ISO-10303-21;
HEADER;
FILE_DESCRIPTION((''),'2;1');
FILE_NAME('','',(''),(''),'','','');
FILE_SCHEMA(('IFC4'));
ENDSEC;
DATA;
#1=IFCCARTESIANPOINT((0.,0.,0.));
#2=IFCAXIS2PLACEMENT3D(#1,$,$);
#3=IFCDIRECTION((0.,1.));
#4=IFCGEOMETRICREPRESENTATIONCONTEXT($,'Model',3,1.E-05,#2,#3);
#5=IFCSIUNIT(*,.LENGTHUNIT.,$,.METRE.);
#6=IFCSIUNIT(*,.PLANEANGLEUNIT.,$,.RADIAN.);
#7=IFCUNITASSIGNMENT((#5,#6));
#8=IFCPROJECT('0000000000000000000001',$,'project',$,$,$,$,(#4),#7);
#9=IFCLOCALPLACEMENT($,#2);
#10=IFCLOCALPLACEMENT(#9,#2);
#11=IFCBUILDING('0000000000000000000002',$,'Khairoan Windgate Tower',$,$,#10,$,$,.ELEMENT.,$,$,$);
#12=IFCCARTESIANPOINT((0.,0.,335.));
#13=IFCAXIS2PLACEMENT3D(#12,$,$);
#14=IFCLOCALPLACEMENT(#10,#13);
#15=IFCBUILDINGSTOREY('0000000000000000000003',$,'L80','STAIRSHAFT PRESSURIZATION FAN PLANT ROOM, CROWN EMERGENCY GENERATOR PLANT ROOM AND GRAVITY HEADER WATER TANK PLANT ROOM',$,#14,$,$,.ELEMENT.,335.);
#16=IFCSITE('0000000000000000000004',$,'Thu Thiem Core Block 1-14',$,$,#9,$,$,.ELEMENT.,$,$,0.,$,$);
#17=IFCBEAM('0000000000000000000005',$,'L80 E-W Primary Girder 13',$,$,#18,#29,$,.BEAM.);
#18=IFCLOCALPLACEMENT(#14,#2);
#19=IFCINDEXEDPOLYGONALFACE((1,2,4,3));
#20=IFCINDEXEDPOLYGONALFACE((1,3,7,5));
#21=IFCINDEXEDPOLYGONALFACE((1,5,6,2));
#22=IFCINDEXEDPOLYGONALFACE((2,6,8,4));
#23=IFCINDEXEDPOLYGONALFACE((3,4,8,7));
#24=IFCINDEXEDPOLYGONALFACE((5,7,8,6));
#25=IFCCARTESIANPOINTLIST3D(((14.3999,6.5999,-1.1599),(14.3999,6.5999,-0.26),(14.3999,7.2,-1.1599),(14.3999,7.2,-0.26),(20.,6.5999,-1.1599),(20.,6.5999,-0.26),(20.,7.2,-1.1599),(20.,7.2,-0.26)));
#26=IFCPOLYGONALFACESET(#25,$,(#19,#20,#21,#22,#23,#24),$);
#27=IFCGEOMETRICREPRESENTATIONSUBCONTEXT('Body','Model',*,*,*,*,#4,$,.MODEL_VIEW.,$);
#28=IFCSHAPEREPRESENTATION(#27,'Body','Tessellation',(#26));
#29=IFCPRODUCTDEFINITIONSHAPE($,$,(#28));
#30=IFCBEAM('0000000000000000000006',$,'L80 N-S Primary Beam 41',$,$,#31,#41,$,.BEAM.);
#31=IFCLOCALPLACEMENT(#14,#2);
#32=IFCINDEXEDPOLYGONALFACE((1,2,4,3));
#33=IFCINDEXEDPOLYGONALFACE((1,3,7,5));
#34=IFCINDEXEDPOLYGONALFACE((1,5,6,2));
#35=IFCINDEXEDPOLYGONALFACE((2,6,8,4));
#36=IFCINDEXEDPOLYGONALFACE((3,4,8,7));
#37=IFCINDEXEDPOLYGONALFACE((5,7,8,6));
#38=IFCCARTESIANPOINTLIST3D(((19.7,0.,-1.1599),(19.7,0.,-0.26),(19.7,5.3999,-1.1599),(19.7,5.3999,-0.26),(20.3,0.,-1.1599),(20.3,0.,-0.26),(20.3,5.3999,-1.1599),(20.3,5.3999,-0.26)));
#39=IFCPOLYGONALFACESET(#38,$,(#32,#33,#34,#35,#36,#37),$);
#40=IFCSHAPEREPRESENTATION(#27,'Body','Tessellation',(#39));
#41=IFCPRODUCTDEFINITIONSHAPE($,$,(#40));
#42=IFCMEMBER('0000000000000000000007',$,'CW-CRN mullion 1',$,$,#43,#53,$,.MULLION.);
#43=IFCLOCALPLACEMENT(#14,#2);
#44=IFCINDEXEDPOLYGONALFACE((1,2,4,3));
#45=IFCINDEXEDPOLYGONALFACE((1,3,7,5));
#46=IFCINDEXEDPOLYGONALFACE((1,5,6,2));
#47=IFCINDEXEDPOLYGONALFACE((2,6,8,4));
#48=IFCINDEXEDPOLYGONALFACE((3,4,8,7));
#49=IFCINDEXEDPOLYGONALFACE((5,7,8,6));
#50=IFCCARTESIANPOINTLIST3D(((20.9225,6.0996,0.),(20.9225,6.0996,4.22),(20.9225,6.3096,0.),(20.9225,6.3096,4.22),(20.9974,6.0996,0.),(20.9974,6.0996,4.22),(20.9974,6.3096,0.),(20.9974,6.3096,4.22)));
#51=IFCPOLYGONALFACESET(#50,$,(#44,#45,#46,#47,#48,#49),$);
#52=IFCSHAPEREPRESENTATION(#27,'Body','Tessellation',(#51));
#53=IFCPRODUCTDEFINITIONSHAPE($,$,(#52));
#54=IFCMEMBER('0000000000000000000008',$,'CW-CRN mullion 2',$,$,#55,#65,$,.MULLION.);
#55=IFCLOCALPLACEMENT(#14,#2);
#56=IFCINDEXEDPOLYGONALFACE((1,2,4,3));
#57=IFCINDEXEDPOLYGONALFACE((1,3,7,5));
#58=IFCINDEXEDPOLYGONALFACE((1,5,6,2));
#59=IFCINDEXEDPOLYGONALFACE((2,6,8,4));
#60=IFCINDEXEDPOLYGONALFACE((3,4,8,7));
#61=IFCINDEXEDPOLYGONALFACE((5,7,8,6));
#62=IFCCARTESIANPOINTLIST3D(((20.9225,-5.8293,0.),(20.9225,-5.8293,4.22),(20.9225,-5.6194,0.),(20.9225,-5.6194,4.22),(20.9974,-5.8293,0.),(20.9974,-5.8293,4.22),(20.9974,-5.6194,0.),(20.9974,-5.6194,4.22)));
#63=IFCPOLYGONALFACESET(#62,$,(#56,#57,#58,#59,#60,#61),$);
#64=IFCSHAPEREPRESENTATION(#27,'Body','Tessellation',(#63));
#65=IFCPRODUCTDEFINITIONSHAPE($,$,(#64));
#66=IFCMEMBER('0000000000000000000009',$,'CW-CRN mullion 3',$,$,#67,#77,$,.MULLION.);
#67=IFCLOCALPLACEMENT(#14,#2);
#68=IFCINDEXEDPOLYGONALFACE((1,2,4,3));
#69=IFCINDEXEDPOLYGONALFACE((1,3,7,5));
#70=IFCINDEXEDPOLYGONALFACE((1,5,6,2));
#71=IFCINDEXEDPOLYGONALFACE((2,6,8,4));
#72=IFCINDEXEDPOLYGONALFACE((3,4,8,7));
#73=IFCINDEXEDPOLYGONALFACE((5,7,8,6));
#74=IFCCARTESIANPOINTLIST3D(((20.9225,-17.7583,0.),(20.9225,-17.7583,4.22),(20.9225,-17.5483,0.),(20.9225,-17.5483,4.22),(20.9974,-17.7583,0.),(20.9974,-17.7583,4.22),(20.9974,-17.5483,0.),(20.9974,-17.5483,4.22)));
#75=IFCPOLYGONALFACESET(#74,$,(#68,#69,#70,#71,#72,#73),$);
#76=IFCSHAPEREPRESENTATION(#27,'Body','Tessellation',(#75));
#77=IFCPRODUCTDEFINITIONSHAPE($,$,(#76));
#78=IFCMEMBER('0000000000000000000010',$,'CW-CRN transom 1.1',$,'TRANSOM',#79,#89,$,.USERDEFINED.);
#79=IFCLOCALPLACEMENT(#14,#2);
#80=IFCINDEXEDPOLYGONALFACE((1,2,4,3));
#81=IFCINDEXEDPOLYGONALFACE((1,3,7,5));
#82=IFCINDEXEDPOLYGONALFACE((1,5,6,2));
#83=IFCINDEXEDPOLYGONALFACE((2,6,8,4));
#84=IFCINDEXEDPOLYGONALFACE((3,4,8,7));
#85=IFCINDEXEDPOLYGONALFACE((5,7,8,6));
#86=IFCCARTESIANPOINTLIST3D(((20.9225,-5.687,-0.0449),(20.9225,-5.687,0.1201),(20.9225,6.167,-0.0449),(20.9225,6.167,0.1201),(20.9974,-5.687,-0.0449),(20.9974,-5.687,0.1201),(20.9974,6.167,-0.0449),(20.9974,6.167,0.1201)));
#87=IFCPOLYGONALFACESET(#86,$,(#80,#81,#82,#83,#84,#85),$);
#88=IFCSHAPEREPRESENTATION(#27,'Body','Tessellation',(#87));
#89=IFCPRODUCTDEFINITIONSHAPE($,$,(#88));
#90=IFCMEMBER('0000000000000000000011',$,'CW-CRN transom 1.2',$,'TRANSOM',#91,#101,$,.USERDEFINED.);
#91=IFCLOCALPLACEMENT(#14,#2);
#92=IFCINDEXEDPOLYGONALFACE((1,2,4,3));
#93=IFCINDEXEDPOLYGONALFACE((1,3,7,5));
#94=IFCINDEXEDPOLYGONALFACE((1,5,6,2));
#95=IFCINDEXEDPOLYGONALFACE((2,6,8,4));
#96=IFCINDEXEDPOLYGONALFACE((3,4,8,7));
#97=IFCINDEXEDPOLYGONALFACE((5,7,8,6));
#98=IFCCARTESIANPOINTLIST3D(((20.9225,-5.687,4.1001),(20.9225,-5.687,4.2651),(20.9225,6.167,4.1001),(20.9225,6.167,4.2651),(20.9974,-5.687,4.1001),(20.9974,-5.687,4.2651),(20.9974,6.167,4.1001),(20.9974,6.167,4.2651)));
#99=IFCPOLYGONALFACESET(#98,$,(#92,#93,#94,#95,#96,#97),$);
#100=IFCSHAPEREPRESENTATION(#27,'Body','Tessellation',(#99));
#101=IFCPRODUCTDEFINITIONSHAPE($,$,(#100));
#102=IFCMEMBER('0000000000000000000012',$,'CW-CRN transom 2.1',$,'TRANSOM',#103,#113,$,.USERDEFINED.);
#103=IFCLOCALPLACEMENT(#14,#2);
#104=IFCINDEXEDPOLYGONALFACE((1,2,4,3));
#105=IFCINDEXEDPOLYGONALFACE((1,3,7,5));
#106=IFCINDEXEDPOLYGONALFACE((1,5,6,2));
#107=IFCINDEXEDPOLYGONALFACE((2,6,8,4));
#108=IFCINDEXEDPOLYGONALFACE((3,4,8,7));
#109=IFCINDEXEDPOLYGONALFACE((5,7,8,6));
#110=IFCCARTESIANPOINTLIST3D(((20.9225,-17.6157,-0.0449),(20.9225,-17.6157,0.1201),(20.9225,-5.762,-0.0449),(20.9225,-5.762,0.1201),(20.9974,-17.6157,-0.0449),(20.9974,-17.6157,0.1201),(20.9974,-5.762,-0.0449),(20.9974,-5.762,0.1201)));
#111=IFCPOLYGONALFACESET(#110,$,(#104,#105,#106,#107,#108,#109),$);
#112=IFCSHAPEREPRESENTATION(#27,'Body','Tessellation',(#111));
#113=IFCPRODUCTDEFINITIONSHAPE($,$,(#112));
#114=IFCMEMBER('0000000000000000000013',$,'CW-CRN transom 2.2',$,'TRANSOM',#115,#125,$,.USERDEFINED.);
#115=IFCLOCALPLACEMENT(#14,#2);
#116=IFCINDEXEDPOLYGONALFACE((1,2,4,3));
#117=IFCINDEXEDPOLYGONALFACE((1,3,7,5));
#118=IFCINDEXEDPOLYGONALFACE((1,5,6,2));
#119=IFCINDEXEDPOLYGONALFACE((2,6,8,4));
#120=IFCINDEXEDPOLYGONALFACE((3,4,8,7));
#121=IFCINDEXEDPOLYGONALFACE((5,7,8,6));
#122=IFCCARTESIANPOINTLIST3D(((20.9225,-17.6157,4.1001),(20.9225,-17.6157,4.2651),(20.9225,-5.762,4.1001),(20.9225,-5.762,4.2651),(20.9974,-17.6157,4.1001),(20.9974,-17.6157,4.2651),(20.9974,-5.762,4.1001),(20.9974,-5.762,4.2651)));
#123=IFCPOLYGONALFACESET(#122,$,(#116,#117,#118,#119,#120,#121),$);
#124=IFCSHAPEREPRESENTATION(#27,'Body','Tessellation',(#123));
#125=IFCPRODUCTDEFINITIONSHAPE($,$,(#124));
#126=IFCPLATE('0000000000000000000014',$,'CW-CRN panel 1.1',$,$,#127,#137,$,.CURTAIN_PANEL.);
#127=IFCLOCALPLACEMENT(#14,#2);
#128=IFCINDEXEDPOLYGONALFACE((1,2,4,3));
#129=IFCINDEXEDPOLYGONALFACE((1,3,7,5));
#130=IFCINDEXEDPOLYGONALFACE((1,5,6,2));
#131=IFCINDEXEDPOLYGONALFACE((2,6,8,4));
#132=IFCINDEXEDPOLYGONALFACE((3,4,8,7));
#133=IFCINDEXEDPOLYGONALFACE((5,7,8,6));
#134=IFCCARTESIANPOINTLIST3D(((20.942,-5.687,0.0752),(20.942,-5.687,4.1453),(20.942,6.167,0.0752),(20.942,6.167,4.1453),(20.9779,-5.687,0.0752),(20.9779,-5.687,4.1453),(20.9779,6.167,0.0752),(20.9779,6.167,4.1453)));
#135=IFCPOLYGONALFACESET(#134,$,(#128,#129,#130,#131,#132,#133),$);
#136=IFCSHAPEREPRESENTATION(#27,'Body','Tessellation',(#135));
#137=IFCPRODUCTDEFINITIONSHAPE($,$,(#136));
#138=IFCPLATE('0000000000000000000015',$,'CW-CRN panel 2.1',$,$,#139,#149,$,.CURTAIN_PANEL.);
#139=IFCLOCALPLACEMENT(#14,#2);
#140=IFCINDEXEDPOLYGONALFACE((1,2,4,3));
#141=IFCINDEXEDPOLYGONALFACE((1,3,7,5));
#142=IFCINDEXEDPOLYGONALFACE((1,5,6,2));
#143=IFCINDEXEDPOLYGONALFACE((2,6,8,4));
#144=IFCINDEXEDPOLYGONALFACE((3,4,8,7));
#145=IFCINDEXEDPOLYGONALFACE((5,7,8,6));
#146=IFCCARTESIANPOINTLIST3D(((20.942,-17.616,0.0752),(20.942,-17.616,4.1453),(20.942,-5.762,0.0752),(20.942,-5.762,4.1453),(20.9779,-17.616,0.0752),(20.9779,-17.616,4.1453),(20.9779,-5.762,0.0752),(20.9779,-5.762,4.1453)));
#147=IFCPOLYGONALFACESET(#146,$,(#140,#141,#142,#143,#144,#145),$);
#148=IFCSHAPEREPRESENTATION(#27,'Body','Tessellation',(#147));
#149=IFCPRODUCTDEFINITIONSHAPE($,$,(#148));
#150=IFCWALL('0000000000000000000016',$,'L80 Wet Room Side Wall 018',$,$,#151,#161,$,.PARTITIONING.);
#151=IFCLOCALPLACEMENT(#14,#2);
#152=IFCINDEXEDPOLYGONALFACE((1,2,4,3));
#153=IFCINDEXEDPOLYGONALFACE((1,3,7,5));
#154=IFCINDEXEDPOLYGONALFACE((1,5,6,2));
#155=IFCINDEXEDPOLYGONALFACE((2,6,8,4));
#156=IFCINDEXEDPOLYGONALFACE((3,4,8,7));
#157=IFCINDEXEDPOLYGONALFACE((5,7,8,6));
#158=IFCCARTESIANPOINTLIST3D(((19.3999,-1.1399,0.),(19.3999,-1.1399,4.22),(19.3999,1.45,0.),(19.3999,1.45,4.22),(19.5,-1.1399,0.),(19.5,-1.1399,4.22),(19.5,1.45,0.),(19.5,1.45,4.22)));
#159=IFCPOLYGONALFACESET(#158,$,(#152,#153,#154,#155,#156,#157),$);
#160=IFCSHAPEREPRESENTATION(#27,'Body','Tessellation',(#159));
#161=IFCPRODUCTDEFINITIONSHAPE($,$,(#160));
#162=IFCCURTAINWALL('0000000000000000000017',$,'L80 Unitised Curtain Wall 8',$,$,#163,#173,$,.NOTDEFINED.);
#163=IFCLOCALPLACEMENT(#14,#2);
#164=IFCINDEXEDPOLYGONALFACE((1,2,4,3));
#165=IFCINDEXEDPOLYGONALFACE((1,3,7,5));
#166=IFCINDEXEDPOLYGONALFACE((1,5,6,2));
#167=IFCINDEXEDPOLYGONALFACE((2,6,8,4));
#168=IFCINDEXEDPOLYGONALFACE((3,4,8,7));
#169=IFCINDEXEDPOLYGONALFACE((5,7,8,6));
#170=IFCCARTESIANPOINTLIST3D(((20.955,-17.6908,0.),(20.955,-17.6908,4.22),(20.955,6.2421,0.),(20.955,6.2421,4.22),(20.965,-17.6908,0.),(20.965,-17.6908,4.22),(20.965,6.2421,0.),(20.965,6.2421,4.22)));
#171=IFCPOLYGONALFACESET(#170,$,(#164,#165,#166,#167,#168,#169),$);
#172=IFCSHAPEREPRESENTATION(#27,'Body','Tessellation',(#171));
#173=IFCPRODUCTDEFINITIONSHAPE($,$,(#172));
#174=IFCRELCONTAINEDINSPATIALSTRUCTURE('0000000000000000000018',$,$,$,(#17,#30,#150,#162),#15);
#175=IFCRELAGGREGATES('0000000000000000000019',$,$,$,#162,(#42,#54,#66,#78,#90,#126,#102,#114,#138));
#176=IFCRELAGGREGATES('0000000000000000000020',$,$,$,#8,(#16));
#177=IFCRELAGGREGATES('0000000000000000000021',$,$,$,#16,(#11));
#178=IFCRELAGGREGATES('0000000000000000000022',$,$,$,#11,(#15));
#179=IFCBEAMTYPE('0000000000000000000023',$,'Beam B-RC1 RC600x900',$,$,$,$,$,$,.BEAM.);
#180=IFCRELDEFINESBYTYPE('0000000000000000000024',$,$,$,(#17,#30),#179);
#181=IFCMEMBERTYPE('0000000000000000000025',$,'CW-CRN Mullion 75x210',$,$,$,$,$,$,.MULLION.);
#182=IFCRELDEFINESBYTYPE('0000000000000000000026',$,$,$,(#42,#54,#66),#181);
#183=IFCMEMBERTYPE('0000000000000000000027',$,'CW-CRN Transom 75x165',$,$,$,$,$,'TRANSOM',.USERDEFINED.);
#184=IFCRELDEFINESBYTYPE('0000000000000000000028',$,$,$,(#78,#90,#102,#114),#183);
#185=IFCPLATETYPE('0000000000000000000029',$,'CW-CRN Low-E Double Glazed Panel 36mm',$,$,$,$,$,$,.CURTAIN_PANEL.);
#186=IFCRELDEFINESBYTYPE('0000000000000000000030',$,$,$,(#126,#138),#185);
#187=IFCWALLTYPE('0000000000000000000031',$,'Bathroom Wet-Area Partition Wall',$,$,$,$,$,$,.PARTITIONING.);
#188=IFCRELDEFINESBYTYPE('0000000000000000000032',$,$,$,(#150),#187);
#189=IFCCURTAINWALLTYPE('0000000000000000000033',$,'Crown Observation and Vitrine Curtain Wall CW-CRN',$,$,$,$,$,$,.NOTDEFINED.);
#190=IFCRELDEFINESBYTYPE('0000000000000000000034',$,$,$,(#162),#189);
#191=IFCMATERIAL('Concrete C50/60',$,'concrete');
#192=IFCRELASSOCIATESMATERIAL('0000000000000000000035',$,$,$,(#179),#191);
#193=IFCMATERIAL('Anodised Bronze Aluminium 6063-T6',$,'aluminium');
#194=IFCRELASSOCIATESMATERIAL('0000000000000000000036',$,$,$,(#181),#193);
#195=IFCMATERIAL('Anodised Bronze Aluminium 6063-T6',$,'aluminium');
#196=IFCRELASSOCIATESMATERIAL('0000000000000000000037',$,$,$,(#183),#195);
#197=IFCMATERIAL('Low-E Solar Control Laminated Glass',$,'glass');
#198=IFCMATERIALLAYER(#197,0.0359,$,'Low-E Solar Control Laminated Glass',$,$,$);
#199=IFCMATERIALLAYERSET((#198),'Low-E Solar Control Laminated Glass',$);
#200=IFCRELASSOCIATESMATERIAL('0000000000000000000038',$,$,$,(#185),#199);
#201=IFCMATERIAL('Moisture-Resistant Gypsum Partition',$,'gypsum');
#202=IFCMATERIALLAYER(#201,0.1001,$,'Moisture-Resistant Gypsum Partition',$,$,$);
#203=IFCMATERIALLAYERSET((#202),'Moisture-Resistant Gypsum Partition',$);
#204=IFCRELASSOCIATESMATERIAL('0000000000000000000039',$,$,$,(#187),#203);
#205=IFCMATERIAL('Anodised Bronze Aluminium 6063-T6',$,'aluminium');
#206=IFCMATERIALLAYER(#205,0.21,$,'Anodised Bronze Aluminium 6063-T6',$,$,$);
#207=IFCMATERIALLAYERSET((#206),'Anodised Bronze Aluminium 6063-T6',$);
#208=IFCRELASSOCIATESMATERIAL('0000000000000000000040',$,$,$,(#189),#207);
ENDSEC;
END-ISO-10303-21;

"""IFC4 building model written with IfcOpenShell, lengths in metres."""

from ifc_helpers import new_model, si_unit, direction, frame, frame_2d, origin, origin_2d, place, context, subcontext, project, spatial, rectangle, extrude, material, layer, layer_set, material_profile, profile_set, type_object, element, aggregate, save


model = new_model("IFC4")

# Units and contexts
model_context = context("Model", 3, precision=1e-05, world=origin(), true_north=direction((0.0, 1.0)))
body_context = subcontext(model_context, "Body", "Model", "MODEL_VIEW")
ifc_project = project(units=[si_unit("LENGTHUNIT", "METRE"), si_unit("PLANEANGLEUNIT", "RADIAN")], contexts=[model_context])

# Site, building, storey
site_placement = place(None, origin())
site = spatial("IfcSite", under=ifc_project, at=site_placement, Name="Thu Thiem Core Block 1-14", CompositionType="ELEMENT", RefElevation=0.0)
building_placement = place(site_placement, origin())
building = spatial("IfcBuilding", under=site, at=building_placement, Name="Khairoan Windgate Tower", CompositionType="ELEMENT")
storey_placement = place(building_placement, frame((0.0, 0.0, 335.0)))
storey = spatial("IfcBuildingStorey", under=building, at=storey_placement, Name="L80", Description="STAIRSHAFT PRESSURIZATION FAN PLANT ROOM, CROWN EMERGENCY GENERATOR PLANT ROOM AND GRAVITY HEADER WATER TANK PLANT ROOM", CompositionType="ELEMENT", Elevation=335.0)

# Beams
ifc_material_1 = material(Name="Concrete C50/60", Category="concrete")
ifc_material_profile_1 = material_profile(ifc_material_1, rectangle(XDim=0.6001, YDim=0.8999, at=origin_2d()))
ifc_profile_set_1 = profile_set([ifc_material_profile_1], Name="Concrete C50/60")
beam_type = type_object("IfcBeamType", Name="Beam B-RC1 RC600x900", PredefinedType="BEAM", material=ifc_profile_set_1)
beam_1_placement = place(storey_placement, frame((14.3999, 6.8999, -0.71), z_axis=(1.0, 0.0, 0.0), x_axis=(0.0, 1.0, 0.0)))
element("IfcBeam", 1, at=beam_1_placement, inside=storey, type_object=beam_type, Name="L80 E-W Primary Girder 13", PredefinedType="BEAM", context=body_context, shape_type="SweptSolid", body=[
    extrude(rectangle(XDim=0.6001, YDim=0.8999, at=origin_2d()), origin(), (0.0, 0.0, 1.0), 5.6001),
])
beam_2_placement = place(storey_placement, frame((20.0, 0.0, -0.71), z_axis=(0.0, 1.0, 0.0), x_axis=(-1.0, 0.0, 0.0)))
element("IfcBeam", 2, at=beam_2_placement, inside=storey, type_object=beam_type, Name="L80 N-S Primary Beam 41", PredefinedType="BEAM", context=body_context, shape_type="SweptSolid", body=[
    extrude(rectangle(XDim=0.6001, YDim=0.8999, at=origin_2d()), origin(), (0.0, 0.0, 1.0), 5.3999),
])

# Members
ifc_material_2 = material(Name="Anodised Bronze Aluminium 6063-T6", Category="aluminium")
ifc_material_profile_2 = material_profile(ifc_material_2, rectangle(XDim=0.075, YDim=0.21, at=origin_2d()))
ifc_profile_set_2 = profile_set([ifc_material_profile_2], Name="Anodised Bronze Aluminium 6063-T6")
member_type_1 = type_object("IfcMemberType", Name="CW-CRN Mullion 75x210", PredefinedType="MULLION", material=ifc_profile_set_2)
member_1_placement = place(storey_placement, frame((20.96, 6.2046, 0.0), z_axis=(0.0, 0.0, 1.0), x_axis=(1.0, 0.0, 0.0)))
member_1 = element("IfcMember", 3, at=member_1_placement, type_object=member_type_1, Name="CW-CRN mullion 1", PredefinedType="MULLION", context=body_context, shape_type="SweptSolid", body=[
    extrude(rectangle(XDim=0.075, YDim=0.21, at=origin_2d()), origin(), (0.0, 0.0, 1.0), 4.22),
])
member_2_placement = place(storey_placement, frame((20.96, -5.7244, 0.0), z_axis=(0.0, 0.0, 1.0), x_axis=(1.0, 0.0, 0.0)))
member_2 = element("IfcMember", 4, at=member_2_placement, type_object=member_type_1, Name="CW-CRN mullion 2", PredefinedType="MULLION", context=body_context, shape_type="SweptSolid", body=[
    extrude(rectangle(XDim=0.075, YDim=0.21, at=origin_2d()), origin(), (0.0, 0.0, 1.0), 4.22),
])
member_3_placement = place(storey_placement, frame((20.96, -17.6533, 0.0), z_axis=(0.0, 0.0, 1.0), x_axis=(1.0, 0.0, 0.0)))
member_3 = element("IfcMember", 5, at=member_3_placement, type_object=member_type_1, Name="CW-CRN mullion 3", PredefinedType="MULLION", context=body_context, shape_type="SweptSolid", body=[
    extrude(rectangle(XDim=0.075, YDim=0.21, at=origin_2d()), origin(), (0.0, 0.0, 1.0), 4.22),
])
ifc_material_3 = material(Name="Anodised Bronze Aluminium 6063-T6", Category="aluminium")
ifc_material_profile_3 = material_profile(ifc_material_3, rectangle(XDim=0.075, YDim=0.165, at=origin_2d()))
ifc_profile_set_3 = profile_set([ifc_material_profile_3], Name="Anodised Bronze Aluminium 6063-T6")
member_type_2 = type_object("IfcMemberType", Name="CW-CRN Transom 75x165", ElementType="TRANSOM", PredefinedType="USERDEFINED", material=ifc_profile_set_3)
member_4_placement = place(storey_placement, frame((20.96, 6.167, 0.0376), z_axis=(0.0, -1.0, 0.0), x_axis=(1.0, 0.0, 0.0)))
member_4 = element("IfcMember", 6, at=member_4_placement, type_object=member_type_2, Name="CW-CRN transom 1.1", ObjectType="TRANSOM", PredefinedType="USERDEFINED", context=body_context, shape_type="SweptSolid", body=[
    extrude(rectangle(XDim=0.075, YDim=0.165, at=origin_2d()), origin(), (0.0, 0.0, 1.0), 11.854),
])
member_5_placement = place(storey_placement, frame((20.96, 6.167, 4.1826), z_axis=(0.0, -1.0, 0.0), x_axis=(1.0, 0.0, 0.0)))
member_5 = element("IfcMember", 7, at=member_5_placement, type_object=member_type_2, Name="CW-CRN transom 1.2", ObjectType="TRANSOM", PredefinedType="USERDEFINED", context=body_context, shape_type="SweptSolid", body=[
    extrude(rectangle(XDim=0.075, YDim=0.165, at=origin_2d()), origin(), (0.0, 0.0, 1.0), 11.854),
])
member_6_placement = place(storey_placement, frame((20.96, -5.762, 0.0376), z_axis=(0.0, -1.0, 0.0), x_axis=(1.0, 0.0, 0.0)))
member_6 = element("IfcMember", 8, at=member_6_placement, type_object=member_type_2, Name="CW-CRN transom 2.1", ObjectType="TRANSOM", PredefinedType="USERDEFINED", context=body_context, shape_type="SweptSolid", body=[
    extrude(rectangle(XDim=0.075, YDim=0.165, at=origin_2d()), origin(), (0.0, 0.0, 1.0), 11.8538),
])
member_7_placement = place(storey_placement, frame((20.96, -5.762, 4.1826), z_axis=(0.0, -1.0, 0.0), x_axis=(1.0, 0.0, 0.0)))
member_7 = element("IfcMember", 9, at=member_7_placement, type_object=member_type_2, Name="CW-CRN transom 2.2", ObjectType="TRANSOM", PredefinedType="USERDEFINED", context=body_context, shape_type="SweptSolid", body=[
    extrude(rectangle(XDim=0.075, YDim=0.165, at=origin_2d()), origin(), (0.0, 0.0, 1.0), 11.8538),
])

# Plates
ifc_material_4 = material(Name="Low-E Solar Control Laminated Glass", Category="glass")
ifc_layer_1 = layer(ifc_material_4, 0.0359, Name="Low-E Solar Control Laminated Glass")
ifc_layer_set_1 = layer_set([ifc_layer_1], Name="Low-E Solar Control Laminated Glass")
plate_type = type_object("IfcPlateType", Name="CW-CRN Low-E Double Glazed Panel 36mm", PredefinedType="CURTAIN_PANEL", material=ifc_layer_set_1)
plate_1_placement = place(storey_placement, frame((20.96, 0.24, 0.0752), z_axis=(0.0, 0.0, 1.0), x_axis=(0.0, -1.0, 0.0)))
plate_1 = element("IfcPlate", 10, at=plate_1_placement, type_object=plate_type, Name="CW-CRN panel 1.1", PredefinedType="CURTAIN_PANEL", context=body_context, shape_type="SweptSolid", body=[
    extrude(rectangle(XDim=11.854, YDim=0.0359, at=origin_2d()), origin(), (0.0, 0.0, 1.0), 4.0701),
])
plate_2_placement = place(storey_placement, frame((20.96, -11.689, 0.0752), z_axis=(0.0, 0.0, 1.0), x_axis=(0.0, -1.0, 0.0)))
plate_2 = element("IfcPlate", 11, at=plate_2_placement, type_object=plate_type, Name="CW-CRN panel 2.1", PredefinedType="CURTAIN_PANEL", context=body_context, shape_type="SweptSolid", body=[
    extrude(rectangle(XDim=11.854, YDim=0.0359, at=origin_2d()), origin(), (0.0, 0.0, 1.0), 4.0701),
])

# Wall
ifc_material_5 = material(Name="Moisture-Resistant Gypsum Partition", Category="gypsum")
ifc_layer_2 = layer(ifc_material_5, 0.1001, Name="Moisture-Resistant Gypsum Partition")
ifc_layer_set_2 = layer_set([ifc_layer_2], Name="Moisture-Resistant Gypsum Partition")
wall_type_1 = type_object("IfcWallType", Name="Bathroom Wet-Area Partition Wall", PredefinedType="PARTITIONING", material=ifc_layer_set_2)
wall_1_placement = place(storey_placement, frame((19.45, 1.45, 0.0), z_axis=(0.0, 0.0, 1.0), x_axis=(0.0, -1.0, 0.0)))
element("IfcWall", 12, at=wall_1_placement, inside=storey, type_object=wall_type_1, Name="L80 Wet Room Side Wall 018", PredefinedType="PARTITIONING", context=body_context, shape_type="SweptSolid", body=[
    extrude(rectangle(XDim=2.5898, YDim=0.1001, at=frame_2d((1.2949, 0.0))), origin(), (0.0, 0.0, 1.0), 4.22),
])

# Curtain wall
ifc_material_6 = material(Name="Anodised Bronze Aluminium 6063-T6", Category="aluminium")
ifc_layer_3 = layer(ifc_material_6, 0.21, Name="Anodised Bronze Aluminium 6063-T6")
ifc_layer_set_3 = layer_set([ifc_layer_3], Name="Anodised Bronze Aluminium 6063-T6")
curtain_wall_type = type_object("IfcCurtainWallType", Name="Crown Observation and Vitrine Curtain Wall CW-CRN", PredefinedType="NOTDEFINED", material=ifc_layer_set_3)
curtain_wall_placement = place(storey_placement, frame((20.96, 6.2419, 0.0), z_axis=(0.0, 0.0, 1.0), x_axis=(0.0, -1.0, 0.0)))
curtain_wall = element("IfcCurtainWall", 13, at=curtain_wall_placement, inside=storey, type_object=curtain_wall_type, Name="L80 Unitised Curtain Wall 8", PredefinedType="NOTDEFINED", context=body_context, shape_type="SweptSolid", body=[
    extrude(rectangle(XDim=23.9329, YDim=0.01, at=frame_2d((11.9663, 0.0))), origin(), (0.0, 0.0, 1.0), 4.22),
])
aggregate(curtain_wall, [member_1, member_2, member_3, member_4, member_5, plate_1, member_6, member_7, plate_2])

save(model, "model.ifc")
